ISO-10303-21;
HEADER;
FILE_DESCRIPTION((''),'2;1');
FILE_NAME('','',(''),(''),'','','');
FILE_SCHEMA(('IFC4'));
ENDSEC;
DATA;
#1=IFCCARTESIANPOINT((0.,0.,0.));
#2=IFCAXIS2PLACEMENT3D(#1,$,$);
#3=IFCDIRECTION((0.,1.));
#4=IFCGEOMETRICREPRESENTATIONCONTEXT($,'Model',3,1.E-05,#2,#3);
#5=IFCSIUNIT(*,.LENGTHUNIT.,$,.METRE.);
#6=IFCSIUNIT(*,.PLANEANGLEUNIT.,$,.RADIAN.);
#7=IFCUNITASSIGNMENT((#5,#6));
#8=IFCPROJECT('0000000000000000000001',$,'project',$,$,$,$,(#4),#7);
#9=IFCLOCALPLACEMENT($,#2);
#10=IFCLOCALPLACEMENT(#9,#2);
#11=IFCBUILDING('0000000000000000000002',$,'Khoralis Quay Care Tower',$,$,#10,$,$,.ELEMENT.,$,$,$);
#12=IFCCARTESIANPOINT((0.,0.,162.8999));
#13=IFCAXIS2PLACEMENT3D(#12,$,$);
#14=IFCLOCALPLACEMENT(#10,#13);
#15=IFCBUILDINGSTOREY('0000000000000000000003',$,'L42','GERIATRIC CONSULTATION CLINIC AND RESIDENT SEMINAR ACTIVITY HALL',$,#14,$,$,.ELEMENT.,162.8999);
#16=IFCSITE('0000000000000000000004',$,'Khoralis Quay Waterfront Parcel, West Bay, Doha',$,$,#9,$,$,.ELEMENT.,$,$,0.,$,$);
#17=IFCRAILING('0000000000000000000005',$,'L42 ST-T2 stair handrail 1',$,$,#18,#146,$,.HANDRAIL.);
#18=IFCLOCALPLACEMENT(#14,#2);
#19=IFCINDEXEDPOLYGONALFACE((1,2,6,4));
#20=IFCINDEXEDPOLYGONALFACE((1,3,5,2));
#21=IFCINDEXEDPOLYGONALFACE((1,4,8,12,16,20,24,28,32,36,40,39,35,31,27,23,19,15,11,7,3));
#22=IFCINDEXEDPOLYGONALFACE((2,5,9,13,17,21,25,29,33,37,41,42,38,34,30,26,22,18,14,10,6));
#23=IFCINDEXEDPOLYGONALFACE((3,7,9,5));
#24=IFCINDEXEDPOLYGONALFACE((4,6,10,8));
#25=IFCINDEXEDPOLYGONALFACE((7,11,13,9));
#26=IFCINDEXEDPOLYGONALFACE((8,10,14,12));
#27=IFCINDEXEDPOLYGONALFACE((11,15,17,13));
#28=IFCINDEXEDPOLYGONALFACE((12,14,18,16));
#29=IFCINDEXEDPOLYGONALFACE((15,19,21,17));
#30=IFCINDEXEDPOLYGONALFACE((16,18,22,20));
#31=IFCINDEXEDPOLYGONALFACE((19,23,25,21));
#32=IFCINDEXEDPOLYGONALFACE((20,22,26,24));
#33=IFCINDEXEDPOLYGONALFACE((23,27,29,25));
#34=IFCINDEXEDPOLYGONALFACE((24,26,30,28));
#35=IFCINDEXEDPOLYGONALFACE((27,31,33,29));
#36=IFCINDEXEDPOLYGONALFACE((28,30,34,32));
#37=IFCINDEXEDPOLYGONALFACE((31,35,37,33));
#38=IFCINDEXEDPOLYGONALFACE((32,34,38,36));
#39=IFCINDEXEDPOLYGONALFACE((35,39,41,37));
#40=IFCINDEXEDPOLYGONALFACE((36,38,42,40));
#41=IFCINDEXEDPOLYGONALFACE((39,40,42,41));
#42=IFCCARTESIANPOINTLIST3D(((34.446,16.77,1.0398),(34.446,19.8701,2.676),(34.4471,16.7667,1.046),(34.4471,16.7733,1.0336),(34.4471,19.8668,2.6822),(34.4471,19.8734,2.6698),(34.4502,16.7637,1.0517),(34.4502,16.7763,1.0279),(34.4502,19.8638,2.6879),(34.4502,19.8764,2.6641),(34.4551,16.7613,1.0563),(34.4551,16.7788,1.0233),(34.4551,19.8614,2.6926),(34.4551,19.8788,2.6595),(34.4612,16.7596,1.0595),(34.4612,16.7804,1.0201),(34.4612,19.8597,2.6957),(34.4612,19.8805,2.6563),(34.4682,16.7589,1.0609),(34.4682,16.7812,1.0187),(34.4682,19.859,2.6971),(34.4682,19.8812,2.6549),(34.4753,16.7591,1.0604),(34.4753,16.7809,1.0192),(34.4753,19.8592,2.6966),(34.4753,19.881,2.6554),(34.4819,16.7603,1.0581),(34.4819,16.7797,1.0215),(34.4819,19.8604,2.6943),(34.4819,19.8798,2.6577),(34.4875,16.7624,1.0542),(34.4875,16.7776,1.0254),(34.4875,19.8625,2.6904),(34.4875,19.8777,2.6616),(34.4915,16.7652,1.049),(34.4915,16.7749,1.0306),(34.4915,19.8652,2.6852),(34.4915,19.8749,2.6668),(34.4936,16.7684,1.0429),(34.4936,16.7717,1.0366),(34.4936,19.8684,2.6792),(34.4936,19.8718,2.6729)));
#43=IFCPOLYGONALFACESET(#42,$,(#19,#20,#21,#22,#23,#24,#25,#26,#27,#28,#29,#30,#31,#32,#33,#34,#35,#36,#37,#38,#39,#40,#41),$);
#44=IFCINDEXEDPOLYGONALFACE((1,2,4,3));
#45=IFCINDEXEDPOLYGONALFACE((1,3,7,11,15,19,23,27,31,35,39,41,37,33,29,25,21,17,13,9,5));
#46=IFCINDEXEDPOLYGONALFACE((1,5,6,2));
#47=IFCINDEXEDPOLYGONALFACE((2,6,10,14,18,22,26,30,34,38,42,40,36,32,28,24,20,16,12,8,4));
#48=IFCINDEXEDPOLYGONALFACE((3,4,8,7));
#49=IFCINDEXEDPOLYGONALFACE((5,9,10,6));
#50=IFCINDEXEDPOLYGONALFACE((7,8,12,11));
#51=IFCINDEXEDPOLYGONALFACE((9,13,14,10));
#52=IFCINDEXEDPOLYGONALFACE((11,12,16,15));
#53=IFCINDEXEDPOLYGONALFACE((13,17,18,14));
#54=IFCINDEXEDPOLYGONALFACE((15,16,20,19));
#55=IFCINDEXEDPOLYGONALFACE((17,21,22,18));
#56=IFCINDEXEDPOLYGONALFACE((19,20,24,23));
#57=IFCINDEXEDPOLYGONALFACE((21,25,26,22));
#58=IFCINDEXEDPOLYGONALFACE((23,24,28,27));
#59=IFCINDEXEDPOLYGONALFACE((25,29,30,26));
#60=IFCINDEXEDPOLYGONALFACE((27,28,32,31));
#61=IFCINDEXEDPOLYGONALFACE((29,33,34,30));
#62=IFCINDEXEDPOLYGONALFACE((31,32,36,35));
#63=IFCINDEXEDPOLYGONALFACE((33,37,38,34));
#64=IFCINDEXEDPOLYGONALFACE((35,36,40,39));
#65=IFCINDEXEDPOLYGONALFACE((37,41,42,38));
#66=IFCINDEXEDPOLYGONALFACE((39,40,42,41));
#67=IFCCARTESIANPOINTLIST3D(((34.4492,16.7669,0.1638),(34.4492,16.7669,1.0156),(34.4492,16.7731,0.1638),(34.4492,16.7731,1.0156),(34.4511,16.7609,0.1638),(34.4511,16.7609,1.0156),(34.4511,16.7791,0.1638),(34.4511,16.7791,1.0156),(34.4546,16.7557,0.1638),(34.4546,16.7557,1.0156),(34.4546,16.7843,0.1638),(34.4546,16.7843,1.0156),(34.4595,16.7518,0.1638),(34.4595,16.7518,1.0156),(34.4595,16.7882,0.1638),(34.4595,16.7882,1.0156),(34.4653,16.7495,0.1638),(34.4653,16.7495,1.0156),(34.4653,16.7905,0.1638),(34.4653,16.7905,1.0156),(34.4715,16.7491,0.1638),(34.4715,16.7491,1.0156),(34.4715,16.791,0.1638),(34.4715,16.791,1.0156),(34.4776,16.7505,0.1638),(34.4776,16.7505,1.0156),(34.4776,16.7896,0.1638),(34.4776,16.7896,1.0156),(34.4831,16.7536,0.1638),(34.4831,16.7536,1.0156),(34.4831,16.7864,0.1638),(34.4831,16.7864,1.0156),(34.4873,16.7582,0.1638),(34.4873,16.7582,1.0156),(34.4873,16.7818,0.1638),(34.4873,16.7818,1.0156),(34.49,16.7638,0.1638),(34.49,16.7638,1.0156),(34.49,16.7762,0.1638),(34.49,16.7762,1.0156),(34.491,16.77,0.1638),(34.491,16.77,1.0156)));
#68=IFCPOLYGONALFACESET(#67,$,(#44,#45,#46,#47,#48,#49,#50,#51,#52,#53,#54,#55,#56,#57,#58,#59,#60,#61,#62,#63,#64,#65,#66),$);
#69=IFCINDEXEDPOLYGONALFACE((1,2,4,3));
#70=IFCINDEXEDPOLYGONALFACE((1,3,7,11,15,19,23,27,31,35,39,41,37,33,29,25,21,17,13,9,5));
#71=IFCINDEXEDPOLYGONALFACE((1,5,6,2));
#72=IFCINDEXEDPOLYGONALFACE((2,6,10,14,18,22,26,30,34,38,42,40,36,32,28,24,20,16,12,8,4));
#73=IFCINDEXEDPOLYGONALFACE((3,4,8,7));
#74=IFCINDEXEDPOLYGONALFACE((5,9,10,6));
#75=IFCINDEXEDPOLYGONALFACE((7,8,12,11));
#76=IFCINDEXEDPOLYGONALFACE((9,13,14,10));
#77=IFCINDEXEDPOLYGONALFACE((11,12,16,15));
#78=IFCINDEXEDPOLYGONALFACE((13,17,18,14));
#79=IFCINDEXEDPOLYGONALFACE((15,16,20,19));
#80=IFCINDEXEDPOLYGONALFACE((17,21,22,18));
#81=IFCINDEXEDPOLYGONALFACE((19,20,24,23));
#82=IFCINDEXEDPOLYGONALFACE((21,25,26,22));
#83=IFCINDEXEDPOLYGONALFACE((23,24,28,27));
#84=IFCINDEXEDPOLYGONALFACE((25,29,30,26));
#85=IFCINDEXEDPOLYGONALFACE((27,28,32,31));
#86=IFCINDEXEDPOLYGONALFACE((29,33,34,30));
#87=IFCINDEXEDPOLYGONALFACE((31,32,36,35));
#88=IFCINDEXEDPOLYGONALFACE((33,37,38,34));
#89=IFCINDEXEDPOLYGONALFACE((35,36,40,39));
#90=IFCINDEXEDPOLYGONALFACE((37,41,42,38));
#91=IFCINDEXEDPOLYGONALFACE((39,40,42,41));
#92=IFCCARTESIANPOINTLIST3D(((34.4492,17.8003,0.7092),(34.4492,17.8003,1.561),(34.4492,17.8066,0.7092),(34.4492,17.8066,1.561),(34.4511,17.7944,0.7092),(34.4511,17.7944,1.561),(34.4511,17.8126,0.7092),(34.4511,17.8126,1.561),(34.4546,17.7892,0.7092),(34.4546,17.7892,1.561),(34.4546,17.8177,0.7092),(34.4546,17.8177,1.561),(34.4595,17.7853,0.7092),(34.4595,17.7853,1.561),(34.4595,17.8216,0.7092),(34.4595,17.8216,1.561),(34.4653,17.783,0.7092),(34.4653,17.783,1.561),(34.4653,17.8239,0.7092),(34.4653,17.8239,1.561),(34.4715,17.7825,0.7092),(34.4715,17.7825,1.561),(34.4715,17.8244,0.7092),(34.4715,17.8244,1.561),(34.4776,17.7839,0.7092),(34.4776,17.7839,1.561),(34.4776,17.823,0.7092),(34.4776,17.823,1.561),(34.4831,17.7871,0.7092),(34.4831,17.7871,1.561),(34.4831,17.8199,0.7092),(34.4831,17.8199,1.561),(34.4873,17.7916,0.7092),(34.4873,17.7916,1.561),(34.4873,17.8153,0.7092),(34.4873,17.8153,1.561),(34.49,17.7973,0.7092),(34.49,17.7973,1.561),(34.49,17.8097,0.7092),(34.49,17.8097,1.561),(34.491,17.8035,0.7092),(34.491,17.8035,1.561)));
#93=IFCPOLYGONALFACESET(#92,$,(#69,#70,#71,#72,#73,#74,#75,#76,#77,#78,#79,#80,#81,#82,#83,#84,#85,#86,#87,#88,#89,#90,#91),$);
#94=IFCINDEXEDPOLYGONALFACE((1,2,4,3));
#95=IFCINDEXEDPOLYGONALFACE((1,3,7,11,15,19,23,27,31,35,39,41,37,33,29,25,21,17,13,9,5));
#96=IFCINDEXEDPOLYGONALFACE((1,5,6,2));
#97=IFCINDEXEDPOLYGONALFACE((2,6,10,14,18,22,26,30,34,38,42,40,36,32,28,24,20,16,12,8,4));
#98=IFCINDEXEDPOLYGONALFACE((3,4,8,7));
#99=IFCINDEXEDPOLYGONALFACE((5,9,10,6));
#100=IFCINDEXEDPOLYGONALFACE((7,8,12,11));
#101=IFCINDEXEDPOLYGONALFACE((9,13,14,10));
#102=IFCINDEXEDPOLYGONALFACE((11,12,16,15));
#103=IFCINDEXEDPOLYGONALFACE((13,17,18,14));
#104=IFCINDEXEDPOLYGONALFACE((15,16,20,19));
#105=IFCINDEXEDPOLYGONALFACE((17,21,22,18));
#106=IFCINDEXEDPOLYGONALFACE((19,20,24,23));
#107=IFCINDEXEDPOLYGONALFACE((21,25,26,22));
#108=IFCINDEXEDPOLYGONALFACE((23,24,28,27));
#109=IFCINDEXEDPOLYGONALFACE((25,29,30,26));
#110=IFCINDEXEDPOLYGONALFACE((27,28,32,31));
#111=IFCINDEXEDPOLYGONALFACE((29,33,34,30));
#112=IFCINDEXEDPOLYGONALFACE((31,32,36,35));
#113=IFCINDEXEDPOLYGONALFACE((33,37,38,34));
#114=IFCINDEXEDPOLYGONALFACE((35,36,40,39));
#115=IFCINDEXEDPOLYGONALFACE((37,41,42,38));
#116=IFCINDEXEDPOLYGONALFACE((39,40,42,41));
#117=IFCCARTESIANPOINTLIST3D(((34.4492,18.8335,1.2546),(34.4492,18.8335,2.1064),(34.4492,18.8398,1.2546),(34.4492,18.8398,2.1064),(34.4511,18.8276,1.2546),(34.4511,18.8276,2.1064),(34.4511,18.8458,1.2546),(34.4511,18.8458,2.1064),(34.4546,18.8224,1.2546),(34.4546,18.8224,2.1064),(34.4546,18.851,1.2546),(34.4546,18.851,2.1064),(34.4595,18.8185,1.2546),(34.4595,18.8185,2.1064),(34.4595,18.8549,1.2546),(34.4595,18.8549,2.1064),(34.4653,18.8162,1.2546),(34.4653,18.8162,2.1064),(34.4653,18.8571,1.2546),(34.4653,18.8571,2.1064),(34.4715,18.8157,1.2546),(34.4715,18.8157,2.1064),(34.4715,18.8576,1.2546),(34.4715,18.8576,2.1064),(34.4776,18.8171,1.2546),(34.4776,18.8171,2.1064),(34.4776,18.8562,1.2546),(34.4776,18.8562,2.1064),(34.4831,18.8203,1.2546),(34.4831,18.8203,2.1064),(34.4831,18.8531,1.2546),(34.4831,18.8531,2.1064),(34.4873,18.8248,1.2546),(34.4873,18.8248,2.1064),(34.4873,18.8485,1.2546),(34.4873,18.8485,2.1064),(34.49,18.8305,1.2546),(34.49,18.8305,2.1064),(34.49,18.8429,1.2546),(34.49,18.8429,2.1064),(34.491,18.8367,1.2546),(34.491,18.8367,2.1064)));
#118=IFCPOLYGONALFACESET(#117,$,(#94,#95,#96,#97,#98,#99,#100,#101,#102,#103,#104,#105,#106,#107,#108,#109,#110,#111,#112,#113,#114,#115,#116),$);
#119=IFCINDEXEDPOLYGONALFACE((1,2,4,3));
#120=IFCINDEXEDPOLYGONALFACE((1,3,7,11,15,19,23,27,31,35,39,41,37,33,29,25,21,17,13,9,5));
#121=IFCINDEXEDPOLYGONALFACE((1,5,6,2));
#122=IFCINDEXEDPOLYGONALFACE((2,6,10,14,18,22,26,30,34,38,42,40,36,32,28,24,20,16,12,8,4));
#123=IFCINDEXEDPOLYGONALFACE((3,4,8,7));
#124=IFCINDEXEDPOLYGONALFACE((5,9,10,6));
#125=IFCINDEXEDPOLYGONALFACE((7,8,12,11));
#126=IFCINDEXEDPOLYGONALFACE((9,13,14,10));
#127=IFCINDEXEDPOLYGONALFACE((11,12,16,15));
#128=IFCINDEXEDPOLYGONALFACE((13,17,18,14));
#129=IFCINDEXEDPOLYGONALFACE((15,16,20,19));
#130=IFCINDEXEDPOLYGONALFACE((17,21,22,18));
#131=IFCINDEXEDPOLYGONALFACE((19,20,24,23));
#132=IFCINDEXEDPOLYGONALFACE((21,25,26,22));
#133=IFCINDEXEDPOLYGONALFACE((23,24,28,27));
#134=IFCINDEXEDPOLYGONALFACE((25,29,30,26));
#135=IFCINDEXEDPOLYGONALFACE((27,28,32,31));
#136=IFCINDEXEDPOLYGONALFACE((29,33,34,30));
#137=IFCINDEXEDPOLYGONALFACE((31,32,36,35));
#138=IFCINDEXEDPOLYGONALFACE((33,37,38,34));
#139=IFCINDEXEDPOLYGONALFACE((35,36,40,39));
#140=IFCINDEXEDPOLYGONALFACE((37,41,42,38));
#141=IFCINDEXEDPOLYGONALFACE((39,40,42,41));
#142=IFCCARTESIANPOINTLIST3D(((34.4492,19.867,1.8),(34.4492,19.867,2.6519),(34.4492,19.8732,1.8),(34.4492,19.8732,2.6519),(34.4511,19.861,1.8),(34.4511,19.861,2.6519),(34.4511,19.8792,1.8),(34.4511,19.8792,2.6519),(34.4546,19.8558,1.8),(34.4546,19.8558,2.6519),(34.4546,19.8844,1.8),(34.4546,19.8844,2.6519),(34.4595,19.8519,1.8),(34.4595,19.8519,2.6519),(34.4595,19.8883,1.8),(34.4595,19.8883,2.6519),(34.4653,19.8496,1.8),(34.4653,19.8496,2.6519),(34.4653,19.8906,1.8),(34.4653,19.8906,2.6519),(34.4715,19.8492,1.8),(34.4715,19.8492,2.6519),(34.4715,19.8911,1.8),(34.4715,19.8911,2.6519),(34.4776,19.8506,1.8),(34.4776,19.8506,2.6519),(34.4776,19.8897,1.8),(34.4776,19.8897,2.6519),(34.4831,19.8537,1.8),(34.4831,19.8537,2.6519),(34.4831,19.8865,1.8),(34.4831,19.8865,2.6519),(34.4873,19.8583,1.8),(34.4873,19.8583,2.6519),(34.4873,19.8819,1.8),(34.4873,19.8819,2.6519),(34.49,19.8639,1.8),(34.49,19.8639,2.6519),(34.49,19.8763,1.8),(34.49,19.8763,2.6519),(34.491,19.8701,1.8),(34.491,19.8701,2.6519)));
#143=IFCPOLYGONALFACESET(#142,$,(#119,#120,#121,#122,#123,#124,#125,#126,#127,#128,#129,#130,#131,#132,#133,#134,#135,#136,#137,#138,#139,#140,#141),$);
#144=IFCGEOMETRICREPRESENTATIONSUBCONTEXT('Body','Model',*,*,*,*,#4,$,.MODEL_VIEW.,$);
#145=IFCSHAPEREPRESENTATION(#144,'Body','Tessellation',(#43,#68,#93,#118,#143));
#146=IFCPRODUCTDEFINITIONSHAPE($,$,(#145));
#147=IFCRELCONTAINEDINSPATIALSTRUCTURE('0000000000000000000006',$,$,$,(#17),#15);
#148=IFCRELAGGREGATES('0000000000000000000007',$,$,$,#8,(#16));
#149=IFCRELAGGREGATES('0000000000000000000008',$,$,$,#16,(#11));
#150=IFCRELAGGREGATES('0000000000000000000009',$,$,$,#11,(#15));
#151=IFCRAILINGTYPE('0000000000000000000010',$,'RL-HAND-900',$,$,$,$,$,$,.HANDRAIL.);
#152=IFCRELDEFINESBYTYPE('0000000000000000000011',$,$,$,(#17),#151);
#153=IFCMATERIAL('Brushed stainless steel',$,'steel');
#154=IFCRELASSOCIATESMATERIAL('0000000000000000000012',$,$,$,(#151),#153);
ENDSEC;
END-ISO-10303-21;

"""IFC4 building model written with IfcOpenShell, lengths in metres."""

from ifc_helpers import new_model, si_unit, direction, frame, origin, origin_2d, place, context, subcontext, project, spatial, circle, extrude, material, type_object, element, save


model = new_model("IFC4")

# Units and contexts
model_context = context("Model", 3, precision=1e-05, world=origin(), true_north=direction((0.0, 1.0)))
body_context = subcontext(model_context, "Body", "Model", "MODEL_VIEW")
ifc_project = project(units=[si_unit("LENGTHUNIT", "METRE"), si_unit("PLANEANGLEUNIT", "RADIAN")], contexts=[model_context])

# Site, building, storey
site_placement = place(None, origin())
site = spatial("IfcSite", under=ifc_project, at=site_placement, Name="Khoralis Quay Waterfront Parcel, West Bay, Doha", CompositionType="ELEMENT", RefElevation=0.0)
building_placement = place(site_placement, origin())
building = spatial("IfcBuilding", under=site, at=building_placement, Name="Khoralis Quay Care Tower", CompositionType="ELEMENT")
storey_placement = place(building_placement, frame((0.0, 0.0, 162.8999)))
storey = spatial("IfcBuildingStorey", under=building, at=storey_placement, Name="L42", Description="GERIATRIC CONSULTATION CLINIC AND RESIDENT SEMINAR ACTIVITY HALL", CompositionType="ELEMENT", Elevation=162.8999)

# Railing
ifc_material_1 = material(Name="Brushed stainless steel", Category="steel")
railing_type_1 = type_object("IfcRailingType", Name="RL-HAND-900", PredefinedType="HANDRAIL", material=ifc_material_1)
railing_1_placement = place(storey_placement, frame((34.47, 16.77, 0.1638)))
element("IfcRailing", 1, at=railing_1_placement, inside=storey, type_object=railing_type_1, Name="L42 ST-T2 stair handrail 1", PredefinedType="HANDRAIL", context=body_context, shape_type="SweptSolid", body=[
    extrude(circle(Radius=0.0239, at=origin_2d()), frame((0.0, 0.0, 0.876), z_axis=(0.0, 0.884377, 0.466774), x_axis=(-1.0, 0.0, 0.0)), (0.0, 0.0, 1.0), 3.5054),
    extrude(circle(Radius=0.021, at=origin_2d()), origin(), (0.0, 0.0, 1.0), 0.8518),
    extrude(circle(Radius=0.021, at=origin_2d()), frame((0.0, 1.0334, 0.5454)), (0.0, 0.0, 1.0), 0.8518),
    extrude(circle(Radius=0.021, at=origin_2d()), frame((0.0, 2.0667, 1.0908)), (0.0, 0.0, 1.0), 0.8518),
    extrude(circle(Radius=0.021, at=origin_2d()), frame((0.0, 3.1001, 1.6362)), (0.0, 0.0, 1.0), 0.8518),
])

save(model, "model.ifc")
